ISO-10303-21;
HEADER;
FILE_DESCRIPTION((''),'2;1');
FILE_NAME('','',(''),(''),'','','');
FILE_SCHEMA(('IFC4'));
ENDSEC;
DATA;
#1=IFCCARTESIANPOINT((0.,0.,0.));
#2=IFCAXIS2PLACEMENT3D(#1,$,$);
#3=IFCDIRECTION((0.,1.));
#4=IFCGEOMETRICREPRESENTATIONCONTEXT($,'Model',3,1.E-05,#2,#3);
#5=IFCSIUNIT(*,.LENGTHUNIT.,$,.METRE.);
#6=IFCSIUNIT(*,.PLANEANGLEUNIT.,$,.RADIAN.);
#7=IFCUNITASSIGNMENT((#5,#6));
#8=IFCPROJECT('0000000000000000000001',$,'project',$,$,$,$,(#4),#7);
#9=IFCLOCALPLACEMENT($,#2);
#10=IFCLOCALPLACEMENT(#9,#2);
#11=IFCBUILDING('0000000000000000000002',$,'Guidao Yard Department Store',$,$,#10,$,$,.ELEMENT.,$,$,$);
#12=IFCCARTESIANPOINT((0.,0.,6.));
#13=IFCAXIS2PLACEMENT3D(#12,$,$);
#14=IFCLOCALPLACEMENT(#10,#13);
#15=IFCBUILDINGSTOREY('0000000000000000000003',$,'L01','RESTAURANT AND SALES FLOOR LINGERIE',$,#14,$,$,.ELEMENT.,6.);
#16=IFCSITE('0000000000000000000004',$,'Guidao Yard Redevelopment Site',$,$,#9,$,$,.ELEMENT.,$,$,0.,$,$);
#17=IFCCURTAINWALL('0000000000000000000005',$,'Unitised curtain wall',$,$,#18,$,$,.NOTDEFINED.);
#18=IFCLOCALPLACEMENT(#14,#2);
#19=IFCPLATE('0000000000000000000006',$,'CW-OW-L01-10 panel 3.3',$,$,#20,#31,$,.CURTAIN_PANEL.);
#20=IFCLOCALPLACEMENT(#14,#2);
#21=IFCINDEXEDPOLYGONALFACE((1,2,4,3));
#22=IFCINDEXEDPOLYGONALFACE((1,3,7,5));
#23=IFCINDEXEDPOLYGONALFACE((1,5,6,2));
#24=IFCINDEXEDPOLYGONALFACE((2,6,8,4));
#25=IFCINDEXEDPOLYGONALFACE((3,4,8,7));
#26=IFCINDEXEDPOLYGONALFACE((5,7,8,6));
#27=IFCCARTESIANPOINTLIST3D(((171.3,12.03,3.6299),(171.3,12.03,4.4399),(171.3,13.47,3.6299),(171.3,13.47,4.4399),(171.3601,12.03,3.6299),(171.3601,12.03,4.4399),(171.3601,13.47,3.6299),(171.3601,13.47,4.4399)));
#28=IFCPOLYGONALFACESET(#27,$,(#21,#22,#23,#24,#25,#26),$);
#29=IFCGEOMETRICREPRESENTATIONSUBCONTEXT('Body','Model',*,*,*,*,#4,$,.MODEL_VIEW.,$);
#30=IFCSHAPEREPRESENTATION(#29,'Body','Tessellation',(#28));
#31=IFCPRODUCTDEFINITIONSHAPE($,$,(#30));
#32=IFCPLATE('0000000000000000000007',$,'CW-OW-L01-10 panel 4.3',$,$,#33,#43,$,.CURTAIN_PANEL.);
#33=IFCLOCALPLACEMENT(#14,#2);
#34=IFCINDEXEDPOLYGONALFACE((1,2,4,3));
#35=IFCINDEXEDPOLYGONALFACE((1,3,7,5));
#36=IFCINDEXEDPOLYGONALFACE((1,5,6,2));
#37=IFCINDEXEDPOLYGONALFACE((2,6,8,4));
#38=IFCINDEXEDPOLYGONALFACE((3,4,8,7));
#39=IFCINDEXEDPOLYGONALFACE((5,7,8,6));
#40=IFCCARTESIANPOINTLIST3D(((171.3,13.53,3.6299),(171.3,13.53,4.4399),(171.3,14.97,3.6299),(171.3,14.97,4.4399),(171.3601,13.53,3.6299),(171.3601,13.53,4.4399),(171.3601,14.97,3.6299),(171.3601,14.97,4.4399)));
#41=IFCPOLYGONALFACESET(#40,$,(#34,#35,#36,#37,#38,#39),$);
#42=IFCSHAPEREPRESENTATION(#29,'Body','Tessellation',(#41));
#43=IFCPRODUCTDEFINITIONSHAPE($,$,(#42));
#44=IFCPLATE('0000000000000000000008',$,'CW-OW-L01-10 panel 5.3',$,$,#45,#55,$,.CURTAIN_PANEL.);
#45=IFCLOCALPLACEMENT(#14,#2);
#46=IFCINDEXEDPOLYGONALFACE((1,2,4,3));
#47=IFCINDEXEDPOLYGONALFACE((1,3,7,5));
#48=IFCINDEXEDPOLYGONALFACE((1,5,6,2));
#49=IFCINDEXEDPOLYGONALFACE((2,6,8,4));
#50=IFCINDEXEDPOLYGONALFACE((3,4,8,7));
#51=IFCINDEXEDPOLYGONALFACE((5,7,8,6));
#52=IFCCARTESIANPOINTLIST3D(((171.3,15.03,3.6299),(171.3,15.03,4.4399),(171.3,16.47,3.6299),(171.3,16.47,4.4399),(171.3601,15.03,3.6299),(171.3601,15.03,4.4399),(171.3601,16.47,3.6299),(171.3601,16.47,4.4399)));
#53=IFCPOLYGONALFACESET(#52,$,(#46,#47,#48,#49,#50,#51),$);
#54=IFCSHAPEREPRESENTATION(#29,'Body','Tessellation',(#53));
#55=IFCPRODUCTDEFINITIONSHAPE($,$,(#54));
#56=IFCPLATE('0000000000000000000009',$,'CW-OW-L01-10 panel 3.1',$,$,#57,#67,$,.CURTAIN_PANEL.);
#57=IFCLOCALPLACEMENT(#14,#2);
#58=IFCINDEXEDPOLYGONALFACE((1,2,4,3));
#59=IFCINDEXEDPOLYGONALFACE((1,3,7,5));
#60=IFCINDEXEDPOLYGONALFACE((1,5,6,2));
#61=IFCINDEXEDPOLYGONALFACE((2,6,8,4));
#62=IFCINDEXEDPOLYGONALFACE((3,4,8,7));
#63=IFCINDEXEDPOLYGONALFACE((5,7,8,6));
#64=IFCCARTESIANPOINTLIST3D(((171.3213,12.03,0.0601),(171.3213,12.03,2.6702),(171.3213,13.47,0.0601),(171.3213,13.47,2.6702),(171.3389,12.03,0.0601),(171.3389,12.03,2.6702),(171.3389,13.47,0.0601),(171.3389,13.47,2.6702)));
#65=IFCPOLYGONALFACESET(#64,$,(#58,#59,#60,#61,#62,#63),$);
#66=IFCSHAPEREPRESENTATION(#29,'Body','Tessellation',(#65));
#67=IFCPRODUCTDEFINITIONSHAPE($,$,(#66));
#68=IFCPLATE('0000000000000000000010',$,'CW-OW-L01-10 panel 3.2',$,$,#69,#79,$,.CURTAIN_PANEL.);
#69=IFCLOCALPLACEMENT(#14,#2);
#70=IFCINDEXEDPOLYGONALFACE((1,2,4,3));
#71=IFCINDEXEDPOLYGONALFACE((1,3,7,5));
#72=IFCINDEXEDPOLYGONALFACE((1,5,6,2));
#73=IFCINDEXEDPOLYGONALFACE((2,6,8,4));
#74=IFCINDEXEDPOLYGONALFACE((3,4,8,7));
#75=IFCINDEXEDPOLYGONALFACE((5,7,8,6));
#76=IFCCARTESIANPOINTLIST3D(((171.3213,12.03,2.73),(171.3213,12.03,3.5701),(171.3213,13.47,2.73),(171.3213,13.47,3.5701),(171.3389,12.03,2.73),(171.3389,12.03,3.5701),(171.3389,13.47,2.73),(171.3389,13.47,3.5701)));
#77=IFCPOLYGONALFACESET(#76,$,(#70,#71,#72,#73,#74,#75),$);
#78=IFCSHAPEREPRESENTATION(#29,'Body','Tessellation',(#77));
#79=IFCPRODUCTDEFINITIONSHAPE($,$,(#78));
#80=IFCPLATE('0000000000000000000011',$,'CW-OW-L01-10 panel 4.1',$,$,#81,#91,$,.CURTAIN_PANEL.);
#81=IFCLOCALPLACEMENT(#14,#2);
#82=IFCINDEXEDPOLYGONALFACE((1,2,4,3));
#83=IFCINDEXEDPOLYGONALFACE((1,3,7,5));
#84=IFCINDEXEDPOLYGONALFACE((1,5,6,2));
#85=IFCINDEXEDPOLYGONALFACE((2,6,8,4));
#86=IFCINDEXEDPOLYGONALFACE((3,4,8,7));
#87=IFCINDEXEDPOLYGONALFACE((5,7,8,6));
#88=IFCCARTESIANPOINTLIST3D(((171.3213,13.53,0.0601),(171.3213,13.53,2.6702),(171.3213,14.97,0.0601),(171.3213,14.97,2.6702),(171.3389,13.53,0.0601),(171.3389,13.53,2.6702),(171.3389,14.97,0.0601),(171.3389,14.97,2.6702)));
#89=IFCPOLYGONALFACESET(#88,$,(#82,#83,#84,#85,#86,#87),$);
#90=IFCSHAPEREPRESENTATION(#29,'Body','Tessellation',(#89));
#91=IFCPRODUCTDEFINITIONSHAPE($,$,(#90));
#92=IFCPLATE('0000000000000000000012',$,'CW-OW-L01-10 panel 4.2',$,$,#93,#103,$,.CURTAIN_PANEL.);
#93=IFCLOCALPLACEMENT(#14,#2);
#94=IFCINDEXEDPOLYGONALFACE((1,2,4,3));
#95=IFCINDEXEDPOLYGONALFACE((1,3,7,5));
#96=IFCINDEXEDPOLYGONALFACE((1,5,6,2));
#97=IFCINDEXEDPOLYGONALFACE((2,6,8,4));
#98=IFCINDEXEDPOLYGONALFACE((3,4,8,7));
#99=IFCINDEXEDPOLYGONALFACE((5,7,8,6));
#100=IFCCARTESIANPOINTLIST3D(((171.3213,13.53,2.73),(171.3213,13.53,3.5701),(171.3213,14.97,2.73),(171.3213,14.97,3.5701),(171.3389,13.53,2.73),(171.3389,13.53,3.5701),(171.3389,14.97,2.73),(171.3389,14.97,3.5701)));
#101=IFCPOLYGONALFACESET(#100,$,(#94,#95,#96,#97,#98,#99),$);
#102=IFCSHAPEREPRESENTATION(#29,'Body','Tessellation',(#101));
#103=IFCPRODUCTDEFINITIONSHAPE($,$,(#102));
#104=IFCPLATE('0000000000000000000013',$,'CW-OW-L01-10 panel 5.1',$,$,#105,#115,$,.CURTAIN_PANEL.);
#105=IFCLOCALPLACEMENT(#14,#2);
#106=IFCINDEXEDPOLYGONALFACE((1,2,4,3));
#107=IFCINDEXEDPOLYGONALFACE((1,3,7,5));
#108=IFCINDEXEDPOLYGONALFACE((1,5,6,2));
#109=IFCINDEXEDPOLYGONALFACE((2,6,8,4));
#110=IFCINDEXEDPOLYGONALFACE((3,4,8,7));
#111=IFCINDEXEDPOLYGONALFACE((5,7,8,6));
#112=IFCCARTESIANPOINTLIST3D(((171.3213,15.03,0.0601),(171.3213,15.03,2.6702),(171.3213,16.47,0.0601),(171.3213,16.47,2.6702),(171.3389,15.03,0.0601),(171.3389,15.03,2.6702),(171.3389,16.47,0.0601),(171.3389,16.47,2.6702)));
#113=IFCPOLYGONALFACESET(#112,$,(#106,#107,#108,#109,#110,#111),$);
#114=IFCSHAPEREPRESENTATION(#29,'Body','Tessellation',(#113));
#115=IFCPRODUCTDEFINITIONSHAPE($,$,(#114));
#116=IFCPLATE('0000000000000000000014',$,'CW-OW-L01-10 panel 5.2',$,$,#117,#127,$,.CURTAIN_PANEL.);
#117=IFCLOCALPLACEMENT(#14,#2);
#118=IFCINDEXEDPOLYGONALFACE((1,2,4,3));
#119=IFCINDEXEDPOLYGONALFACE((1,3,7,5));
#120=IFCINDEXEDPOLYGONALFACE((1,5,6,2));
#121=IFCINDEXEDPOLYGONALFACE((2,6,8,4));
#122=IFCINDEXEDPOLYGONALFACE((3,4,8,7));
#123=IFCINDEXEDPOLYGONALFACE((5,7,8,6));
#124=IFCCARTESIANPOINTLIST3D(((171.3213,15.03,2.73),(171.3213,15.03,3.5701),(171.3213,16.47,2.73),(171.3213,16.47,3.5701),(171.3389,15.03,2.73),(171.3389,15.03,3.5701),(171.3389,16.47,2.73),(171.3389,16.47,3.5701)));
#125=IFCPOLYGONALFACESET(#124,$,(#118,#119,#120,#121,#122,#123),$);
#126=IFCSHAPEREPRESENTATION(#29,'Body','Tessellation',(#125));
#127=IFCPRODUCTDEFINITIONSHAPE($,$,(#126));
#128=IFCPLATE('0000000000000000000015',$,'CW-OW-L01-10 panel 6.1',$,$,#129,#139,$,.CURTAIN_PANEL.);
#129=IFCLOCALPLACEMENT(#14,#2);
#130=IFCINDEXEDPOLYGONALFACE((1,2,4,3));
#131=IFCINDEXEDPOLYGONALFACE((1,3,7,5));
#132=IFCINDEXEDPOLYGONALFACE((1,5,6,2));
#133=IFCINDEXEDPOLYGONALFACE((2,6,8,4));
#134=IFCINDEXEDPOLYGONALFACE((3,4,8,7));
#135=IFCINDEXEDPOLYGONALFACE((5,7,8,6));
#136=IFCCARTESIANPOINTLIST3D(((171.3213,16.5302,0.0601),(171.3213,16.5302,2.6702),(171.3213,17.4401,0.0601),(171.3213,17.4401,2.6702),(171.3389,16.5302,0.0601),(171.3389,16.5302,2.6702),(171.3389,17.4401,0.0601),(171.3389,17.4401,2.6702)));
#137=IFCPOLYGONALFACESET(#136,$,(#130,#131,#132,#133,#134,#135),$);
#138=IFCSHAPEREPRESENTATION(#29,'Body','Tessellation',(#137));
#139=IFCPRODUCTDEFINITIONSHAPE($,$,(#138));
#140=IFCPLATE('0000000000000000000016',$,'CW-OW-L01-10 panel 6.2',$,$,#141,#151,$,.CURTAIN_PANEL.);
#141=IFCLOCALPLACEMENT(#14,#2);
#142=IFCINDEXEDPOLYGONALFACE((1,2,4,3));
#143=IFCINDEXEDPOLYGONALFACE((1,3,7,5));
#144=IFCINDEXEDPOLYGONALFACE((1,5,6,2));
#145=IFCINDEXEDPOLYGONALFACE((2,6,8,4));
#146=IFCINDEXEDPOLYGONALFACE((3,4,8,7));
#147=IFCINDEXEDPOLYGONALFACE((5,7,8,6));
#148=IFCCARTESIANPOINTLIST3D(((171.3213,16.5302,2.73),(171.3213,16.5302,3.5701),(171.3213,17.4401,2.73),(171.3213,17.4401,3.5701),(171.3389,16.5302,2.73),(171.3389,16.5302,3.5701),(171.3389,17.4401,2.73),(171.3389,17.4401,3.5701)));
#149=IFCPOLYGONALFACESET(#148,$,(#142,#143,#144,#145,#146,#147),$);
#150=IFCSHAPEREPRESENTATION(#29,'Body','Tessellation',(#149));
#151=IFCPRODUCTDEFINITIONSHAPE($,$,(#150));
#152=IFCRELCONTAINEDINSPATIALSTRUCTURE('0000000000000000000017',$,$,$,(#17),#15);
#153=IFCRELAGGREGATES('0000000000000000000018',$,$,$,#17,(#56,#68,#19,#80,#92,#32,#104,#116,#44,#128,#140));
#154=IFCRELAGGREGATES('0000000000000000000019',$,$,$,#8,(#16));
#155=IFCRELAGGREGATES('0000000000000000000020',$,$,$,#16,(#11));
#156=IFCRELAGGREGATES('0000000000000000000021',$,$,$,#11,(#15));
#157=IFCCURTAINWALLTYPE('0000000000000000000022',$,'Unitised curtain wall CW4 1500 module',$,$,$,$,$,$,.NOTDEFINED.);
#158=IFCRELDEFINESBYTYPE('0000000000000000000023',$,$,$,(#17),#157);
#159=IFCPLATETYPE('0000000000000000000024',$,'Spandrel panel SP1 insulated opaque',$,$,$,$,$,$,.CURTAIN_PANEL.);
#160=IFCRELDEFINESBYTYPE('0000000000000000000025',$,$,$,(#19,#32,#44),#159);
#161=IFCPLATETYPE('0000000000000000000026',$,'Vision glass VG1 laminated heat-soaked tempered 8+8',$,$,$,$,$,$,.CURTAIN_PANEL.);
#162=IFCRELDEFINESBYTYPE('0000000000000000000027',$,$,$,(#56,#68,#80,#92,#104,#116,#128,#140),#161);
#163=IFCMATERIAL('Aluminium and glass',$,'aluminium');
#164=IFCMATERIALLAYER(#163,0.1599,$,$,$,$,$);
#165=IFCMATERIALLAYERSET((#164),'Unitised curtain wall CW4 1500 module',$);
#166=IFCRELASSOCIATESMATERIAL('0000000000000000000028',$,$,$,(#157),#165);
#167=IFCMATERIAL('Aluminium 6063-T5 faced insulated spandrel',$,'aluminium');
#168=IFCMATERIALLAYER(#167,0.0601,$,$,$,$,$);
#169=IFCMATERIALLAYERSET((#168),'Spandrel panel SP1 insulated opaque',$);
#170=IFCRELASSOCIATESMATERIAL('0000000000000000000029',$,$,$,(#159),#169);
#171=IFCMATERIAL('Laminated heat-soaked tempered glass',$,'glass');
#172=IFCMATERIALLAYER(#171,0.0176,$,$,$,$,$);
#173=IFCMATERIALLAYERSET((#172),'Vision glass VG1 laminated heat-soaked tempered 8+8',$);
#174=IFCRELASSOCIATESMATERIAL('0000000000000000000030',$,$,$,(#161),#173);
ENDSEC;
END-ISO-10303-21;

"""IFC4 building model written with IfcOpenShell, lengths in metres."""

from ifc_helpers import new_model, si_unit, direction, frame, origin, origin_2d, place, context, subcontext, project, spatial, rectangle, extrude, material, layer, layer_set, type_object, element, aggregate, save


model = new_model("IFC4")

# Units and contexts
model_context = context("Model", 3, precision=1e-05, world=origin(), true_north=direction((0.0, 1.0)))
body_context = subcontext(model_context, "Body", "Model", "MODEL_VIEW")
ifc_project = project(units=[si_unit("LENGTHUNIT", "METRE"), si_unit("PLANEANGLEUNIT", "RADIAN")], contexts=[model_context])

# Site, building, storey
site_placement = place(None, origin())
site = spatial("IfcSite", under=ifc_project, at=site_placement, Name="Guidao Yard Redevelopment Site", CompositionType="ELEMENT", RefElevation=0.0)
building_placement = place(site_placement, origin())
building = spatial("IfcBuilding", under=site, at=building_placement, Name="Guidao Yard Department Store", CompositionType="ELEMENT")
storey_placement = place(building_placement, frame((0.0, 0.0, 6.0)))
storey = spatial("IfcBuildingStorey", under=building, at=storey_placement, Name="L01", Description="RESTAURANT AND SALES FLOOR LINGERIE", CompositionType="ELEMENT", Elevation=6.0)

# Curtain wall, plates
ifc_material_1 = material(Name="Aluminium and glass", Category="aluminium")
ifc_layer_1 = layer(ifc_material_1, 0.1599)
ifc_layer_set_1 = layer_set([ifc_layer_1], Name="Unitised curtain wall CW4 1500 module")
curtain_wall_type = type_object("IfcCurtainWallType", Name="Unitised curtain wall CW4 1500 module", PredefinedType="NOTDEFINED", material=ifc_layer_set_1)
curtain_wall_placement = place(storey_placement, origin())
curtain_wall = element("IfcCurtainWall", 1, at=curtain_wall_placement, inside=storey, type_object=curtain_wall_type, Name="Unitised curtain wall", PredefinedType="NOTDEFINED")
ifc_material_2 = material(Name="Aluminium 6063-T5 faced insulated spandrel", Category="aluminium")
ifc_layer_2 = layer(ifc_material_2, 0.0601)
ifc_layer_set_2 = layer_set([ifc_layer_2], Name="Spandrel panel SP1 insulated opaque")
plate_type_1 = type_object("IfcPlateType", Name="Spandrel panel SP1 insulated opaque", PredefinedType="CURTAIN_PANEL", material=ifc_layer_set_2)
plate_1_placement = place(storey_placement, frame((171.3301, 12.75, 3.6299), z_axis=(0.0, 0.0, 1.0), x_axis=(0.0, -1.0, 0.0)))
plate_1 = element("IfcPlate", 2, at=plate_1_placement, type_object=plate_type_1, Name="CW-OW-L01-10 panel 3.3", PredefinedType="CURTAIN_PANEL", context=body_context, shape_type="SweptSolid", body=[
    extrude(rectangle(XDim=1.4399, YDim=0.0601, at=origin_2d()), origin(), (0.0, 0.0, 1.0), 0.8101),
])
plate_2_placement = place(storey_placement, frame((171.3301, 14.25, 3.6299), z_axis=(0.0, 0.0, 1.0), x_axis=(0.0, -1.0, 0.0)))
plate_2 = element("IfcPlate", 3, at=plate_2_placement, type_object=plate_type_1, Name="CW-OW-L01-10 panel 4.3", PredefinedType="CURTAIN_PANEL", context=body_context, shape_type="SweptSolid", body=[
    extrude(rectangle(XDim=1.4399, YDim=0.0601, at=origin_2d()), origin(), (0.0, 0.0, 1.0), 0.8101),
])
plate_3_placement = place(storey_placement, frame((171.3301, 15.75, 3.6299), z_axis=(0.0, 0.0, 1.0), x_axis=(0.0, -1.0, 0.0)))
plate_3 = element("IfcPlate", 4, at=plate_3_placement, type_object=plate_type_1, Name="CW-OW-L01-10 panel 5.3", PredefinedType="CURTAIN_PANEL", context=body_context, shape_type="SweptSolid", body=[
    extrude(rectangle(XDim=1.4399, YDim=0.0601, at=origin_2d()), origin(), (0.0, 0.0, 1.0), 0.8101),
])
ifc_material_3 = material(Name="Laminated heat-soaked tempered glass", Category="glass")
ifc_layer_3 = layer(ifc_material_3, 0.0176)
ifc_layer_set_3 = layer_set([ifc_layer_3], Name="Vision glass VG1 laminated heat-soaked tempered 8+8")
plate_type_2 = type_object("IfcPlateType", Name="Vision glass VG1 laminated heat-soaked tempered 8+8", PredefinedType="CURTAIN_PANEL", material=ifc_layer_set_3)
plate_4_placement = place(storey_placement, frame((171.3301, 12.75, 0.0601), z_axis=(0.0, 0.0, 1.0), x_axis=(0.0, -1.0, 0.0)))
plate_4 = element("IfcPlate", 5, at=plate_4_placement, type_object=plate_type_2, Name="CW-OW-L01-10 panel 3.1", PredefinedType="CURTAIN_PANEL", context=body_context, shape_type="SweptSolid", body=[
    extrude(rectangle(XDim=1.4399, YDim=0.0176, at=origin_2d()), origin(), (0.0, 0.0, 1.0), 2.6101),
])
plate_5_placement = place(storey_placement, frame((171.3301, 12.75, 2.73), z_axis=(0.0, 0.0, 1.0), x_axis=(0.0, -1.0, 0.0)))
plate_5 = element("IfcPlate", 6, at=plate_5_placement, type_object=plate_type_2, Name="CW-OW-L01-10 panel 3.2", PredefinedType="CURTAIN_PANEL", context=body_context, shape_type="SweptSolid", body=[
    extrude(rectangle(XDim=1.4399, YDim=0.0176, at=origin_2d()), origin(), (0.0, 0.0, 1.0), 0.8401),
])
plate_6_placement = place(storey_placement, frame((171.3301, 14.25, 0.0601), z_axis=(0.0, 0.0, 1.0), x_axis=(0.0, -1.0, 0.0)))
plate_6 = element("IfcPlate", 7, at=plate_6_placement, type_object=plate_type_2, Name="CW-OW-L01-10 panel 4.1", PredefinedType="CURTAIN_PANEL", context=body_context, shape_type="SweptSolid", body=[
    extrude(rectangle(XDim=1.4399, YDim=0.0176, at=origin_2d()), origin(), (0.0, 0.0, 1.0), 2.6101),
])
plate_7_placement = place(storey_placement, frame((171.3301, 14.25, 2.73), z_axis=(0.0, 0.0, 1.0), x_axis=(0.0, -1.0, 0.0)))
plate_7 = element("IfcPlate", 8, at=plate_7_placement, type_object=plate_type_2, Name="CW-OW-L01-10 panel 4.2", PredefinedType="CURTAIN_PANEL", context=body_context, shape_type="SweptSolid", body=[
    extrude(rectangle(XDim=1.4399, YDim=0.0176, at=origin_2d()), origin(), (0.0, 0.0, 1.0), 0.8401),
])
plate_8_placement = place(storey_placement, frame((171.3301, 15.75, 0.0601), z_axis=(0.0, 0.0, 1.0), x_axis=(0.0, -1.0, 0.0)))
plate_8 = element("IfcPlate", 9, at=plate_8_placement, type_object=plate_type_2, Name="CW-OW-L01-10 panel 5.1", PredefinedType="CURTAIN_PANEL", context=body_context, shape_type="SweptSolid", body=[
    extrude(rectangle(XDim=1.4399, YDim=0.0176, at=origin_2d()), origin(), (0.0, 0.0, 1.0), 2.6101),
])
plate_9_placement = place(storey_placement, frame((171.3301, 15.75, 2.73), z_axis=(0.0, 0.0, 1.0), x_axis=(0.0, -1.0, 0.0)))
plate_9 = element("IfcPlate", 10, at=plate_9_placement, type_object=plate_type_2, Name="CW-OW-L01-10 panel 5.2", PredefinedType="CURTAIN_PANEL", context=body_context, shape_type="SweptSolid", body=[
    extrude(rectangle(XDim=1.4399, YDim=0.0176, at=origin_2d()), origin(), (0.0, 0.0, 1.0), 0.8401),
])
plate_10_placement = place(storey_placement, frame((171.3301, 16.9851, 0.0601), z_axis=(0.0, 0.0, 1.0), x_axis=(0.0, -1.0, 0.0)))
plate_10 = element("IfcPlate", 11, at=plate_10_placement, type_object=plate_type_2, Name="CW-OW-L01-10 panel 6.1", PredefinedType="CURTAIN_PANEL", context=body_context, shape_type="SweptSolid", body=[
    extrude(rectangle(XDim=0.9099, YDim=0.0176, at=origin_2d()), origin(), (0.0, 0.0, 1.0), 2.6101),
])
plate_11_placement = place(storey_placement, frame((171.3301, 16.9851, 2.73), z_axis=(0.0, 0.0, 1.0), x_axis=(0.0, -1.0, 0.0)))
plate_11 = element("IfcPlate", 12, at=plate_11_placement, type_object=plate_type_2, Name="CW-OW-L01-10 panel 6.2", PredefinedType="CURTAIN_PANEL", context=body_context, shape_type="SweptSolid", body=[
    extrude(rectangle(XDim=0.9099, YDim=0.0176, at=origin_2d()), origin(), (0.0, 0.0, 1.0), 0.8401),
])
aggregate(curtain_wall, [plate_4, plate_5, plate_1, plate_6, plate_7, plate_2, plate_8, plate_9, plate_3, plate_10, plate_11])

save(model, "model.ifc")
